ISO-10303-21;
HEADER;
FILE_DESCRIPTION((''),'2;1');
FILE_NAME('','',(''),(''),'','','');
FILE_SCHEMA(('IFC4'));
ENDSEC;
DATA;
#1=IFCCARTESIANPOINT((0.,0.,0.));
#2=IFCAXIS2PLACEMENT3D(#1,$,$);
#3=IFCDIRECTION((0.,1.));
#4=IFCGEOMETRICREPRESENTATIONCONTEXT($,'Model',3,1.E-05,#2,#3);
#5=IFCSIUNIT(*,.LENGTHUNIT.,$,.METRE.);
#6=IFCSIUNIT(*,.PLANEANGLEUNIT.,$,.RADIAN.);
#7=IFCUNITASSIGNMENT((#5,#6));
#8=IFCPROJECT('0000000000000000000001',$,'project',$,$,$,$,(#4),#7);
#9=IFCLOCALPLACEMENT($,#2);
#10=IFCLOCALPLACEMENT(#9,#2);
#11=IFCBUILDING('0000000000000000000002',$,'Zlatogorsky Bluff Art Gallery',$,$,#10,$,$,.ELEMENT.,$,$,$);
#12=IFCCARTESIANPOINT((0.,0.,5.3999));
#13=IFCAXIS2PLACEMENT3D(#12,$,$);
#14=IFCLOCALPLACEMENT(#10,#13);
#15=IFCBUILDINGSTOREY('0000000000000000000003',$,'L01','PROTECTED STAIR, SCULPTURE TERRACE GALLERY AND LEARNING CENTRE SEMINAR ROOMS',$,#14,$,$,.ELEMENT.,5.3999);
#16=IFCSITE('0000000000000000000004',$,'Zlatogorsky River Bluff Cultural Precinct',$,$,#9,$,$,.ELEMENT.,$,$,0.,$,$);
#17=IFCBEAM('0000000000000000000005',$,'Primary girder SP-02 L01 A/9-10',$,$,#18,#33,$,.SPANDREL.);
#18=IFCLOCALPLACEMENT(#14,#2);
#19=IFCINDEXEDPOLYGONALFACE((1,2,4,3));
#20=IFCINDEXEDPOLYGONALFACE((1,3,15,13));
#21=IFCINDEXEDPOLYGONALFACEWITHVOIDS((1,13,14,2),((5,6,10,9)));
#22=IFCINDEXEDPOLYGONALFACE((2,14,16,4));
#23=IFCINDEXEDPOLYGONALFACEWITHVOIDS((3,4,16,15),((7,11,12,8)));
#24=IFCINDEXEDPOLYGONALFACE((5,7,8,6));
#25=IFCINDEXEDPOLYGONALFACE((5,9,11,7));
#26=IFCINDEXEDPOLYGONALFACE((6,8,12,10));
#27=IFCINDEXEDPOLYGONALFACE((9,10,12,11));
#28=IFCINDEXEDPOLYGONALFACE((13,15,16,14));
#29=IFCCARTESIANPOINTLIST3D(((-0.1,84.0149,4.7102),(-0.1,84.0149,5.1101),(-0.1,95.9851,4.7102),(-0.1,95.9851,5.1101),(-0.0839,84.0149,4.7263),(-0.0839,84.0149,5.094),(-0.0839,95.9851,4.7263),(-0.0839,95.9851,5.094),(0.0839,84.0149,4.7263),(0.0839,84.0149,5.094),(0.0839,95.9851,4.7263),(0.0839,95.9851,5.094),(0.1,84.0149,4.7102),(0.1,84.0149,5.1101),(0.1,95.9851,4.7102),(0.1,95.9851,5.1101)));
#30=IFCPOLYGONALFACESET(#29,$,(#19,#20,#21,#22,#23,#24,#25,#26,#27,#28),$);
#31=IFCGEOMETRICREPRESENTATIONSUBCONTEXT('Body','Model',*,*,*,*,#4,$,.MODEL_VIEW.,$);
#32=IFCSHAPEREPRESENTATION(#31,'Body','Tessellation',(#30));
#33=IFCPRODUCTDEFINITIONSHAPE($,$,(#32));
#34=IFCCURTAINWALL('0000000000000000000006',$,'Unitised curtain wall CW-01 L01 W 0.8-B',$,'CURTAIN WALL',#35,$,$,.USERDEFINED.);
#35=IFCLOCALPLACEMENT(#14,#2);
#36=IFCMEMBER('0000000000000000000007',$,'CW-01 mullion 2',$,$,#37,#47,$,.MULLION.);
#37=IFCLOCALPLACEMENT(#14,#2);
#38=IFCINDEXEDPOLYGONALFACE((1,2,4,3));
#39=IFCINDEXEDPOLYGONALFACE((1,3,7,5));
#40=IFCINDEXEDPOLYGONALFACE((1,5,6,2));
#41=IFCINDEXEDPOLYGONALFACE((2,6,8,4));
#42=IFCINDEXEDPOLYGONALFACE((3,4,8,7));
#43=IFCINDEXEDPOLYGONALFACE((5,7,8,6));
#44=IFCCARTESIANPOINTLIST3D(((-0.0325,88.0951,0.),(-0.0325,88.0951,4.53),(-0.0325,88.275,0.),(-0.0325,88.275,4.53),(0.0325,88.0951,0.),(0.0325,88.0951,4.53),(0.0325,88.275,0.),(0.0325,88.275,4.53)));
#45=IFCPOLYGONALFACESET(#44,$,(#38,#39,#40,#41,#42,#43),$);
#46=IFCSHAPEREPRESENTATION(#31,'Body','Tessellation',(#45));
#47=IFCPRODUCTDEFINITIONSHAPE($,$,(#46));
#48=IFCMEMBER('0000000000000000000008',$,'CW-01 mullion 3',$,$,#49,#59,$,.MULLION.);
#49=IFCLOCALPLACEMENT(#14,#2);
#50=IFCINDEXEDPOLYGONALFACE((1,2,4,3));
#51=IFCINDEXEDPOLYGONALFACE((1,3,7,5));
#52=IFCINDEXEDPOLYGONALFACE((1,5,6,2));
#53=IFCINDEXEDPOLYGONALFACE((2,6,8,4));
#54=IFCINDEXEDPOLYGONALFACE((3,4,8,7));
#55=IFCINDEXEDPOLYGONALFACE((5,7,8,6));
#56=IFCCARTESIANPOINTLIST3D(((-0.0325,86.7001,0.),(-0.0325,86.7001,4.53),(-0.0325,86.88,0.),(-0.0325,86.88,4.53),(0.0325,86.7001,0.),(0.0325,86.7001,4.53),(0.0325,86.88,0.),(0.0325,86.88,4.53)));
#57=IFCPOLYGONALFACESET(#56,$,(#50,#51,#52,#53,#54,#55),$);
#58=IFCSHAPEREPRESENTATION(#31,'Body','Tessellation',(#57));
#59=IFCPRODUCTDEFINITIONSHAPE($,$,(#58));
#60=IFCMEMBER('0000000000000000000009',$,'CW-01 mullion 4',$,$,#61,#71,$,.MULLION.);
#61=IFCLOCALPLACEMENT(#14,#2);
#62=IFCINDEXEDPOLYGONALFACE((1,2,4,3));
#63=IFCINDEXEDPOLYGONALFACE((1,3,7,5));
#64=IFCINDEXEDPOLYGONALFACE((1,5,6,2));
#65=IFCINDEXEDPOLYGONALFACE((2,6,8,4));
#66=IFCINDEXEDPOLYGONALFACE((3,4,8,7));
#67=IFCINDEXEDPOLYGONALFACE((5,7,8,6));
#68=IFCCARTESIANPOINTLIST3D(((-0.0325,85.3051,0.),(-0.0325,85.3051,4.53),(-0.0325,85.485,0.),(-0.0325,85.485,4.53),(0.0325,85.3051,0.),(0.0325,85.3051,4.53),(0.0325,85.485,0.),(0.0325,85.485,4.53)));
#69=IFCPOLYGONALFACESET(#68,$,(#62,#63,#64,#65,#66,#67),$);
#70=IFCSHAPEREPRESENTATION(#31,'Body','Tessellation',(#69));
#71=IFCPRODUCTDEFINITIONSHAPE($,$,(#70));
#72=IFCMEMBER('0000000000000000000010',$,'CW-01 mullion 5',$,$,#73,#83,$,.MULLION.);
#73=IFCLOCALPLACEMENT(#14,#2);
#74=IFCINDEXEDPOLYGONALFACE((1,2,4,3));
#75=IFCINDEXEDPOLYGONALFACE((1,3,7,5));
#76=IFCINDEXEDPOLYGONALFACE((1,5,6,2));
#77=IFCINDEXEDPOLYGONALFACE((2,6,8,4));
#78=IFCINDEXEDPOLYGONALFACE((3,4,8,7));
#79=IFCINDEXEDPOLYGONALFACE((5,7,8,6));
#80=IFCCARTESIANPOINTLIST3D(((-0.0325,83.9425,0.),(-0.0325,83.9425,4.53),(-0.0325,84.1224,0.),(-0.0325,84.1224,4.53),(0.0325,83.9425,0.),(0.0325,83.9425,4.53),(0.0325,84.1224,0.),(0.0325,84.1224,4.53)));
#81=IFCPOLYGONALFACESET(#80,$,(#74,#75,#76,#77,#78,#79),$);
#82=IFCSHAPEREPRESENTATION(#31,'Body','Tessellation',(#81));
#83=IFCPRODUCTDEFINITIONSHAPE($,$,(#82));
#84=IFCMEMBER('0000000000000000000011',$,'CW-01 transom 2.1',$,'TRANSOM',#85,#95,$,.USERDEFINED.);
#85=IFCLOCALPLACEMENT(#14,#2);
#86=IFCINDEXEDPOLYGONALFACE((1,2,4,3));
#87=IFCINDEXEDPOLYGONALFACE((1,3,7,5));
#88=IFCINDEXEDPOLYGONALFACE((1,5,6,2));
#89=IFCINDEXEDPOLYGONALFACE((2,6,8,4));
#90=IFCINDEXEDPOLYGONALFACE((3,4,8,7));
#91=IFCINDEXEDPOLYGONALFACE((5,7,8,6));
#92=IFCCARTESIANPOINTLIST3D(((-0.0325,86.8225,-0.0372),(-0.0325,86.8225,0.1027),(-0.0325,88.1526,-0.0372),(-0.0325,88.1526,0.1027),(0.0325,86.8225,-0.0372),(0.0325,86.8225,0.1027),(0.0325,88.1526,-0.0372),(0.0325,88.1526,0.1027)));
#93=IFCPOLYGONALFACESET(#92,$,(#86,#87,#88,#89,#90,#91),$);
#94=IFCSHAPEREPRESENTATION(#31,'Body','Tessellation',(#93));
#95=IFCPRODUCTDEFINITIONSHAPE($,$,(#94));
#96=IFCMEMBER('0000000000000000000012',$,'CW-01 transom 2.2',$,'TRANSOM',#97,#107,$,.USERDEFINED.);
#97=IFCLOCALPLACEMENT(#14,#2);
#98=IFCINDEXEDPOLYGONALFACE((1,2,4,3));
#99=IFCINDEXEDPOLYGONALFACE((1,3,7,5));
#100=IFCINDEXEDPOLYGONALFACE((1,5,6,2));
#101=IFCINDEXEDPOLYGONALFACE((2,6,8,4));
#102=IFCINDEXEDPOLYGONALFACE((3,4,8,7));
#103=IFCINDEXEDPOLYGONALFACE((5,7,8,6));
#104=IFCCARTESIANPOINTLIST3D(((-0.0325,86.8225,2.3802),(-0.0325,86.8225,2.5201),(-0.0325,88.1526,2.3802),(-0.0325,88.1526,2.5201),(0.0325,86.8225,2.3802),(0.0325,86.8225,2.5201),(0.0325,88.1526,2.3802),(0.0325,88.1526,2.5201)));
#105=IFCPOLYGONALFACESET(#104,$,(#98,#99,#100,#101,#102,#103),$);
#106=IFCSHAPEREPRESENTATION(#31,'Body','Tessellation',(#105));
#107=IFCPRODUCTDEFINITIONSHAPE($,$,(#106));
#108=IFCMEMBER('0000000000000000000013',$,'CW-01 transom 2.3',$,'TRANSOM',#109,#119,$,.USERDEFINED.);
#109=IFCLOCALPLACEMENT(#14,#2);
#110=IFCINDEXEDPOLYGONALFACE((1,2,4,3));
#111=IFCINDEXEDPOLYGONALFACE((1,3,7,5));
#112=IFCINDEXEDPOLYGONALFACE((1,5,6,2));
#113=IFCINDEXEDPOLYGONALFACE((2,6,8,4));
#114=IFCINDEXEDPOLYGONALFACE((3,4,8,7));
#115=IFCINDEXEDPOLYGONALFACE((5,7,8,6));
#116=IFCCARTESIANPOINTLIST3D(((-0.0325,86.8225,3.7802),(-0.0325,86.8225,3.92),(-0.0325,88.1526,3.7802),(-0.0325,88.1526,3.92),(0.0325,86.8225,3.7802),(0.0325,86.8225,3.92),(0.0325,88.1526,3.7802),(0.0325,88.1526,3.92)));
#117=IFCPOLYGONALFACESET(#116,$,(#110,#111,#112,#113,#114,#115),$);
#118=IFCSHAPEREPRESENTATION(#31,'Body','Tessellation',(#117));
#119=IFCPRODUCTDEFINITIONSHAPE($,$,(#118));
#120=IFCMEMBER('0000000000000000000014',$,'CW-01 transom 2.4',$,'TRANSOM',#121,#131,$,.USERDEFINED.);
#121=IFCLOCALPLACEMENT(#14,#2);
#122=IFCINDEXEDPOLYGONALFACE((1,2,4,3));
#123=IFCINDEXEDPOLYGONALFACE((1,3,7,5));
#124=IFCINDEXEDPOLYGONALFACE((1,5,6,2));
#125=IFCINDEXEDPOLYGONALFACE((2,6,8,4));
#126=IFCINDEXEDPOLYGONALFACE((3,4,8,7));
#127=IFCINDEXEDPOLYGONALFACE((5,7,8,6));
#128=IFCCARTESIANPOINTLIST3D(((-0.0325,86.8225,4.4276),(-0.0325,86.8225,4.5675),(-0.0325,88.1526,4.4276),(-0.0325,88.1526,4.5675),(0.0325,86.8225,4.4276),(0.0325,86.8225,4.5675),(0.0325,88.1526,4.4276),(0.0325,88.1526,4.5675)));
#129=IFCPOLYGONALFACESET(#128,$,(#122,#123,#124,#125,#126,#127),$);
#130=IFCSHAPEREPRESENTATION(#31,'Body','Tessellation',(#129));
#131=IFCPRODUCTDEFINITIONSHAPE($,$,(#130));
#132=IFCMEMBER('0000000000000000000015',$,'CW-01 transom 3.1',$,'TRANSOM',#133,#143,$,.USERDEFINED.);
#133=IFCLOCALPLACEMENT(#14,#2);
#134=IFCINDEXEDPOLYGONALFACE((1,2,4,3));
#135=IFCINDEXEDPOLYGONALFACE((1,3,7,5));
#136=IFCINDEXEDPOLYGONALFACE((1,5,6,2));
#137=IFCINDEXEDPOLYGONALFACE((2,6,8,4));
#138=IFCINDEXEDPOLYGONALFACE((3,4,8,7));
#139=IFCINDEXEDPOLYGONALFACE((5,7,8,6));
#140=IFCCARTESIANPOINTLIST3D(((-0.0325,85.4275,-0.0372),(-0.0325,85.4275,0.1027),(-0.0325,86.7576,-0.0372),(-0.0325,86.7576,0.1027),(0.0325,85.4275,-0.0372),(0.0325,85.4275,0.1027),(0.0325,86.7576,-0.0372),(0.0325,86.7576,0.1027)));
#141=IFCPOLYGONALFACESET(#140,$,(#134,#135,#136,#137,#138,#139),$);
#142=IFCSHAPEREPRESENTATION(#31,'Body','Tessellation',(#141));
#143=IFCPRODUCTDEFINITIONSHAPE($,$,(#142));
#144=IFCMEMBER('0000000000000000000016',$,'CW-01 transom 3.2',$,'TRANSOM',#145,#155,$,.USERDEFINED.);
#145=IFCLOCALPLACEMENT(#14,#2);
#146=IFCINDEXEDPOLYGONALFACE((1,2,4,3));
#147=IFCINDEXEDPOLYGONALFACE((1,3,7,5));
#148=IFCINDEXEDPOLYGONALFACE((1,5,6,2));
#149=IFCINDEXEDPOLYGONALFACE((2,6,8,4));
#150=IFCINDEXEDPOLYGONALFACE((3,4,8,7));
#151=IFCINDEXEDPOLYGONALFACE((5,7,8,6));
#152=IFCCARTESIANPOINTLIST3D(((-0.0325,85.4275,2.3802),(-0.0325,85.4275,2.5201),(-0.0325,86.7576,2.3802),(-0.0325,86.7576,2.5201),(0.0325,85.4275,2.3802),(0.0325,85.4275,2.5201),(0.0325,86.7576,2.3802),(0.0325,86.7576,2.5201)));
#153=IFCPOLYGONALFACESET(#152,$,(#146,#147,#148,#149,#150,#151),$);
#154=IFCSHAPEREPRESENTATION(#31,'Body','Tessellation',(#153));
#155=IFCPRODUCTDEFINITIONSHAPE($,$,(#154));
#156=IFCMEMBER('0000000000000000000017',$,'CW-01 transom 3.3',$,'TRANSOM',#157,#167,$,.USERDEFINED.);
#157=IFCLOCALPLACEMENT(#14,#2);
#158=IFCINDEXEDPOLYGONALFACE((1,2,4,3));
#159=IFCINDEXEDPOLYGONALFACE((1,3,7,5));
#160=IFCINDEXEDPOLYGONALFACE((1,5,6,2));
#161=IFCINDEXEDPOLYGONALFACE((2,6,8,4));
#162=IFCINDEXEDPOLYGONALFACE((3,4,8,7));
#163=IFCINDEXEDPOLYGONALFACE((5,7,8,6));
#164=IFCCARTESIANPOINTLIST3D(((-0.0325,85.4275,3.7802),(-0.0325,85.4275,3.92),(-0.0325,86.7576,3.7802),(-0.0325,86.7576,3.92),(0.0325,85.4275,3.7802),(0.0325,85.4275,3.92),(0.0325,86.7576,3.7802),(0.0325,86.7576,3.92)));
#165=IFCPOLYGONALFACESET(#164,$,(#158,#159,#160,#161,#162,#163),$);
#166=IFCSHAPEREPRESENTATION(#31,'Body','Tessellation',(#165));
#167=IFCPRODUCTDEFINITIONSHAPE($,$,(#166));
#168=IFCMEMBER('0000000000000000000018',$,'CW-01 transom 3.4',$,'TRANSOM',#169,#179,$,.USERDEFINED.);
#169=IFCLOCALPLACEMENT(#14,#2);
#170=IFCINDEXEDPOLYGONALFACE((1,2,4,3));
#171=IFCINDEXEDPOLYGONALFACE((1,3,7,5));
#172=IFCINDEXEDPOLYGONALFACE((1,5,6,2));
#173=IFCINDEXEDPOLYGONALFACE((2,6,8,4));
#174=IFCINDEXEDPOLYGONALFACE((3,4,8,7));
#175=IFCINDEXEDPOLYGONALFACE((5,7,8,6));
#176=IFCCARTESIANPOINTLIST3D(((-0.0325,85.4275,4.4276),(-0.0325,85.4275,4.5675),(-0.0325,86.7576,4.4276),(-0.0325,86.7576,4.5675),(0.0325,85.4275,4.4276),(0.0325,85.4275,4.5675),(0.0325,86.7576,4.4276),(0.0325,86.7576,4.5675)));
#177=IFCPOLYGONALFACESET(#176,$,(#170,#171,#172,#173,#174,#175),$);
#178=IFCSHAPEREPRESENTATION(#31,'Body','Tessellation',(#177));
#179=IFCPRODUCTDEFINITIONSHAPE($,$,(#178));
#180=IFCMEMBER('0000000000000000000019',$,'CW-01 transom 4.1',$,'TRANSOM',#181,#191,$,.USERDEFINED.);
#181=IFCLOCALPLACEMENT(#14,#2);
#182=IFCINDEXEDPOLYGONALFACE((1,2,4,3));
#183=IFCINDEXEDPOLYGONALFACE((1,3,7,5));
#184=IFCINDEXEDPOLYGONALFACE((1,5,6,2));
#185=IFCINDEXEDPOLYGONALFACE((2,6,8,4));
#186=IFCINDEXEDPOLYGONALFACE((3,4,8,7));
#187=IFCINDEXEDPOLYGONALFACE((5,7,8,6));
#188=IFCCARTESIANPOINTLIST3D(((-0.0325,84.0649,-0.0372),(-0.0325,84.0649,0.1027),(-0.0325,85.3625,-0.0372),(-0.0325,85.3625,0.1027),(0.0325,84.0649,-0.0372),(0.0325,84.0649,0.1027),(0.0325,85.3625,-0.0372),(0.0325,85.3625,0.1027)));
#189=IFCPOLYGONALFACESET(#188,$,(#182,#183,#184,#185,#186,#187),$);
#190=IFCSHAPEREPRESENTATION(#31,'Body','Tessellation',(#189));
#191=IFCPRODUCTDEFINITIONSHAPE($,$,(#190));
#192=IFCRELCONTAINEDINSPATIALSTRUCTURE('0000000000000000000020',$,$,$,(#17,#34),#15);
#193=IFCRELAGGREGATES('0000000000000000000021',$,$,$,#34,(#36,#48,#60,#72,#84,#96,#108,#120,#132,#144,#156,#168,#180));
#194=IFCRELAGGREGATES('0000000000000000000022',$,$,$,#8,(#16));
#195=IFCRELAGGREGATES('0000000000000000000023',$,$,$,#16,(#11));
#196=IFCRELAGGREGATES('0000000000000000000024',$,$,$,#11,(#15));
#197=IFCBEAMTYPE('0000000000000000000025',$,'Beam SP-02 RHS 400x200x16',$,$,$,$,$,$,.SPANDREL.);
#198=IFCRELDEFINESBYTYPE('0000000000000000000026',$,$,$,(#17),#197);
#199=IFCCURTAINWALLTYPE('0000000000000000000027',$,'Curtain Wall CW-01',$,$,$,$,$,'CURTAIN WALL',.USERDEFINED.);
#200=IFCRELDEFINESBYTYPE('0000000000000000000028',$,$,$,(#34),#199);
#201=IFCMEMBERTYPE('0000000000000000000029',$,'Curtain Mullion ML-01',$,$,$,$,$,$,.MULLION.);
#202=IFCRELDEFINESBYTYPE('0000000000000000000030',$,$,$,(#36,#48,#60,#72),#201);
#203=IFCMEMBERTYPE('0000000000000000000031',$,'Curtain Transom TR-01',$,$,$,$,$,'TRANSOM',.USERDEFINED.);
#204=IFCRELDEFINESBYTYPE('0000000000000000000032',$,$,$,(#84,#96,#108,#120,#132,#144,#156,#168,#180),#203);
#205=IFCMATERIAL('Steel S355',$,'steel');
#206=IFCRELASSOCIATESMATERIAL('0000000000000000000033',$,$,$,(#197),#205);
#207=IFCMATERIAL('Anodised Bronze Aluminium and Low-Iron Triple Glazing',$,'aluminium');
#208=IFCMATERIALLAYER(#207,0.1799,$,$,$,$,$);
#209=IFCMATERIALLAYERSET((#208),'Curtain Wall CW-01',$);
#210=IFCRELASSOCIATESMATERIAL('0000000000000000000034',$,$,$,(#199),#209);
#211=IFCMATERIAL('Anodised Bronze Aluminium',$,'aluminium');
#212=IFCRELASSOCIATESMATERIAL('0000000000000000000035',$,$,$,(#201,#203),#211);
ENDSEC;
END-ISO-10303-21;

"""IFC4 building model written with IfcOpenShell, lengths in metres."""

from ifc_helpers import new_model, si_unit, direction, frame, origin, origin_2d, place, context, subcontext, project, spatial, rectangle, hollow_rectangle, extrude, material, layer, layer_set, material_profile, profile_set, type_object, element, aggregate, save


model = new_model("IFC4")

# Units and contexts
model_context = context("Model", 3, precision=1e-05, world=origin(), true_north=direction((0.0, 1.0)))
body_context = subcontext(model_context, "Body", "Model", "MODEL_VIEW")
ifc_project = project(units=[si_unit("LENGTHUNIT", "METRE"), si_unit("PLANEANGLEUNIT", "RADIAN")], contexts=[model_context])

# Site, building, storey
site_placement = place(None, origin())
site = spatial("IfcSite", under=ifc_project, at=site_placement, Name="Zlatogorsky River Bluff Cultural Precinct", CompositionType="ELEMENT", RefElevation=0.0)
building_placement = place(site_placement, origin())
building = spatial("IfcBuilding", under=site, at=building_placement, Name="Zlatogorsky Bluff Art Gallery", CompositionType="ELEMENT")
storey_placement = place(building_placement, frame((0.0, 0.0, 5.3999)))
storey = spatial("IfcBuildingStorey", under=building, at=storey_placement, Name="L01", Description="PROTECTED STAIR, SCULPTURE TERRACE GALLERY AND LEARNING CENTRE SEMINAR ROOMS", CompositionType="ELEMENT", Elevation=5.3999)

# Beam
ifc_material_1 = material(Name="Steel S355", Category="steel")
ifc_material_profile_1 = material_profile(ifc_material_1, hollow_rectangle(XDim=0.2, YDim=0.3999, WallThickness=0.0161, at=origin_2d()), Name="RHS 400x200x16")
ifc_profile_set_1 = profile_set([ifc_material_profile_1], Name="Steel S355")
beam_type = type_object("IfcBeamType", Name="Beam SP-02 RHS 400x200x16", PredefinedType="SPANDREL", material=ifc_profile_set_1)
beam_placement = place(storey_placement, frame((0.0, 84.0149, 4.9102), z_axis=(0.0, 1.0, 0.0), x_axis=(-1.0, 0.0, 0.0)))
element("IfcBeam", 1, at=beam_placement, inside=storey, type_object=beam_type, Name="Primary girder SP-02 L01 A/9-10", PredefinedType="SPANDREL", context=body_context, shape_type="SweptSolid", body=[
    extrude(hollow_rectangle(XDim=0.2, YDim=0.3999, WallThickness=0.0161, at=origin_2d()), origin(), (0.0, 0.0, 1.0), 11.9702),
])

# Curtain wall, members
ifc_material_2 = material(Name="Anodised Bronze Aluminium and Low-Iron Triple Glazing", Category="aluminium")
ifc_layer_1 = layer(ifc_material_2, 0.1799)
ifc_layer_set_1 = layer_set([ifc_layer_1], Name="Curtain Wall CW-01")
curtain_wall_type = type_object("IfcCurtainWallType", Name="Curtain Wall CW-01", ElementType="CURTAIN WALL", PredefinedType="USERDEFINED", material=ifc_layer_set_1)
curtain_wall_placement = place(storey_placement, origin())
curtain_wall = element("IfcCurtainWall", 2, at=curtain_wall_placement, inside=storey, type_object=curtain_wall_type, Name="Unitised curtain wall CW-01 L01 W 0.8-B", ObjectType="CURTAIN WALL", PredefinedType="USERDEFINED")
ifc_material_3 = material(Name="Anodised Bronze Aluminium", Category="aluminium")
ifc_material_profile_2 = material_profile(ifc_material_3, rectangle(XDim=0.0649, YDim=0.1799, at=origin_2d()), Name="ALU MULLION 65x180")
ifc_profile_set_2 = profile_set([ifc_material_profile_2], Name="Anodised Bronze Aluminium")
member_type_1 = type_object("IfcMemberType", Name="Curtain Mullion ML-01", PredefinedType="MULLION", material=ifc_profile_set_2)
member_1_placement = place(storey_placement, frame((0.0, 88.1851, 0.0), z_axis=(0.0, 0.0, 1.0), x_axis=(1.0, 0.0, 0.0)))
member_1 = element("IfcMember", 3, at=member_1_placement, type_object=member_type_1, Name="CW-01 mullion 2", PredefinedType="MULLION", context=body_context, shape_type="SweptSolid", body=[
    extrude(rectangle(XDim=0.0649, YDim=0.1799, at=origin_2d()), origin(), (0.0, 0.0, 1.0), 4.53),
])
member_2_placement = place(storey_placement, frame((0.0, 86.79, 0.0), z_axis=(0.0, 0.0, 1.0), x_axis=(1.0, 0.0, 0.0)))
member_2 = element("IfcMember", 4, at=member_2_placement, type_object=member_type_1, Name="CW-01 mullion 3", PredefinedType="MULLION", context=body_context, shape_type="SweptSolid", body=[
    extrude(rectangle(XDim=0.0649, YDim=0.1799, at=origin_2d()), origin(), (0.0, 0.0, 1.0), 4.53),
])
member_3_placement = place(storey_placement, frame((0.0, 85.395, 0.0), z_axis=(0.0, 0.0, 1.0), x_axis=(1.0, 0.0, 0.0)))
member_3 = element("IfcMember", 5, at=member_3_placement, type_object=member_type_1, Name="CW-01 mullion 4", PredefinedType="MULLION", context=body_context, shape_type="SweptSolid", body=[
    extrude(rectangle(XDim=0.0649, YDim=0.1799, at=origin_2d()), origin(), (0.0, 0.0, 1.0), 4.53),
])
member_4_placement = place(storey_placement, frame((0.0, 84.0325, 0.0), z_axis=(0.0, 0.0, 1.0), x_axis=(1.0, 0.0, 0.0)))
member_4 = element("IfcMember", 6, at=member_4_placement, type_object=member_type_1, Name="CW-01 mullion 5", PredefinedType="MULLION", context=body_context, shape_type="SweptSolid", body=[
    extrude(rectangle(XDim=0.0649, YDim=0.1799, at=origin_2d()), origin(), (0.0, 0.0, 1.0), 4.53),
])
ifc_material_profile_3 = material_profile(ifc_material_3, rectangle(XDim=0.0649, YDim=0.1399, at=origin_2d()), Name="ALU TRANSOM 65x140")
ifc_profile_set_3 = profile_set([ifc_material_profile_3], Name="Anodised Bronze Aluminium")
member_type_2 = type_object("IfcMemberType", Name="Curtain Transom TR-01", ElementType="TRANSOM", PredefinedType="USERDEFINED", material=ifc_profile_set_3)
member_5_placement = place(storey_placement, frame((0.0, 88.1526, 0.0327), z_axis=(0.0, -1.0, 0.0), x_axis=(1.0, 0.0, 0.0)))
member_5 = element("IfcMember", 7, at=member_5_placement, type_object=member_type_2, Name="CW-01 transom 2.1", ObjectType="TRANSOM", PredefinedType="USERDEFINED", context=body_context, shape_type="SweptSolid", body=[
    extrude(rectangle(XDim=0.0649, YDim=0.1399, at=origin_2d()), origin(), (0.0, 0.0, 1.0), 1.3301),
])
member_6_placement = place(storey_placement, frame((0.0, 88.1526, 2.4502), z_axis=(0.0, -1.0, 0.0), x_axis=(1.0, 0.0, 0.0)))
member_6 = element("IfcMember", 8, at=member_6_placement, type_object=member_type_2, Name="CW-01 transom 2.2", ObjectType="TRANSOM", PredefinedType="USERDEFINED", context=body_context, shape_type="SweptSolid", body=[
    extrude(rectangle(XDim=0.0649, YDim=0.1399, at=origin_2d()), origin(), (0.0, 0.0, 1.0), 1.3301),
])
member_7_placement = place(storey_placement, frame((0.0, 88.1526, 3.8501), z_axis=(0.0, -1.0, 0.0), x_axis=(1.0, 0.0, 0.0)))
member_7 = element("IfcMember", 9, at=member_7_placement, type_object=member_type_2, Name="CW-01 transom 2.3", ObjectType="TRANSOM", PredefinedType="USERDEFINED", context=body_context, shape_type="SweptSolid", body=[
    extrude(rectangle(XDim=0.0649, YDim=0.1399, at=origin_2d()), origin(), (0.0, 0.0, 1.0), 1.3301),
])
member_8_placement = place(storey_placement, frame((0.0, 88.1526, 4.4976), z_axis=(0.0, -1.0, 0.0), x_axis=(1.0, 0.0, 0.0)))
member_8 = element("IfcMember", 10, at=member_8_placement, type_object=member_type_2, Name="CW-01 transom 2.4", ObjectType="TRANSOM", PredefinedType="USERDEFINED", context=body_context, shape_type="SweptSolid", body=[
    extrude(rectangle(XDim=0.0649, YDim=0.1399, at=origin_2d()), origin(), (0.0, 0.0, 1.0), 1.3301),
])
member_9_placement = place(storey_placement, frame((0.0, 86.7576, 0.0327), z_axis=(0.0, -1.0, 0.0), x_axis=(1.0, 0.0, 0.0)))
member_9 = element("IfcMember", 11, at=member_9_placement, type_object=member_type_2, Name="CW-01 transom 3.1", ObjectType="TRANSOM", PredefinedType="USERDEFINED", context=body_context, shape_type="SweptSolid", body=[
    extrude(rectangle(XDim=0.0649, YDim=0.1399, at=origin_2d()), origin(), (0.0, 0.0, 1.0), 1.3301),
])
member_10_placement = place(storey_placement, frame((0.0, 86.7576, 2.4502), z_axis=(0.0, -1.0, 0.0), x_axis=(1.0, 0.0, 0.0)))
member_10 = element("IfcMember", 12, at=member_10_placement, type_object=member_type_2, Name="CW-01 transom 3.2", ObjectType="TRANSOM", PredefinedType="USERDEFINED", context=body_context, shape_type="SweptSolid", body=[
    extrude(rectangle(XDim=0.0649, YDim=0.1399, at=origin_2d()), origin(), (0.0, 0.0, 1.0), 1.3301),
])
member_11_placement = place(storey_placement, frame((0.0, 86.7576, 3.8501), z_axis=(0.0, -1.0, 0.0), x_axis=(1.0, 0.0, 0.0)))
member_11 = element("IfcMember", 13, at=member_11_placement, type_object=member_type_2, Name="CW-01 transom 3.3", ObjectType="TRANSOM", PredefinedType="USERDEFINED", context=body_context, shape_type="SweptSolid", body=[
    extrude(rectangle(XDim=0.0649, YDim=0.1399, at=origin_2d()), origin(), (0.0, 0.0, 1.0), 1.3301),
])
member_12_placement = place(storey_placement, frame((0.0, 86.7576, 4.4976), z_axis=(0.0, -1.0, 0.0), x_axis=(1.0, 0.0, 0.0)))
member_12 = element("IfcMember", 14, at=member_12_placement, type_object=member_type_2, Name="CW-01 transom 3.4", ObjectType="TRANSOM", PredefinedType="USERDEFINED", context=body_context, shape_type="SweptSolid", body=[
    extrude(rectangle(XDim=0.0649, YDim=0.1399, at=origin_2d()), origin(), (0.0, 0.0, 1.0), 1.3301),
])
member_13_placement = place(storey_placement, frame((0.0, 85.3625, 0.0327), z_axis=(0.0, -1.0, 0.0), x_axis=(1.0, 0.0, 0.0)))
member_13 = element("IfcMember", 15, at=member_13_placement, type_object=member_type_2, Name="CW-01 transom 4.1", ObjectType="TRANSOM", PredefinedType="USERDEFINED", context=body_context, shape_type="SweptSolid", body=[
    extrude(rectangle(XDim=0.0649, YDim=0.1399, at=origin_2d()), origin(), (0.0, 0.0, 1.0), 1.2976),
])
aggregate(curtain_wall, [member_1, member_2, member_3, member_4, member_5, member_6, member_7, member_8, member_9, member_10, member_11, member_12, member_13])

save(model, "model.ifc")
